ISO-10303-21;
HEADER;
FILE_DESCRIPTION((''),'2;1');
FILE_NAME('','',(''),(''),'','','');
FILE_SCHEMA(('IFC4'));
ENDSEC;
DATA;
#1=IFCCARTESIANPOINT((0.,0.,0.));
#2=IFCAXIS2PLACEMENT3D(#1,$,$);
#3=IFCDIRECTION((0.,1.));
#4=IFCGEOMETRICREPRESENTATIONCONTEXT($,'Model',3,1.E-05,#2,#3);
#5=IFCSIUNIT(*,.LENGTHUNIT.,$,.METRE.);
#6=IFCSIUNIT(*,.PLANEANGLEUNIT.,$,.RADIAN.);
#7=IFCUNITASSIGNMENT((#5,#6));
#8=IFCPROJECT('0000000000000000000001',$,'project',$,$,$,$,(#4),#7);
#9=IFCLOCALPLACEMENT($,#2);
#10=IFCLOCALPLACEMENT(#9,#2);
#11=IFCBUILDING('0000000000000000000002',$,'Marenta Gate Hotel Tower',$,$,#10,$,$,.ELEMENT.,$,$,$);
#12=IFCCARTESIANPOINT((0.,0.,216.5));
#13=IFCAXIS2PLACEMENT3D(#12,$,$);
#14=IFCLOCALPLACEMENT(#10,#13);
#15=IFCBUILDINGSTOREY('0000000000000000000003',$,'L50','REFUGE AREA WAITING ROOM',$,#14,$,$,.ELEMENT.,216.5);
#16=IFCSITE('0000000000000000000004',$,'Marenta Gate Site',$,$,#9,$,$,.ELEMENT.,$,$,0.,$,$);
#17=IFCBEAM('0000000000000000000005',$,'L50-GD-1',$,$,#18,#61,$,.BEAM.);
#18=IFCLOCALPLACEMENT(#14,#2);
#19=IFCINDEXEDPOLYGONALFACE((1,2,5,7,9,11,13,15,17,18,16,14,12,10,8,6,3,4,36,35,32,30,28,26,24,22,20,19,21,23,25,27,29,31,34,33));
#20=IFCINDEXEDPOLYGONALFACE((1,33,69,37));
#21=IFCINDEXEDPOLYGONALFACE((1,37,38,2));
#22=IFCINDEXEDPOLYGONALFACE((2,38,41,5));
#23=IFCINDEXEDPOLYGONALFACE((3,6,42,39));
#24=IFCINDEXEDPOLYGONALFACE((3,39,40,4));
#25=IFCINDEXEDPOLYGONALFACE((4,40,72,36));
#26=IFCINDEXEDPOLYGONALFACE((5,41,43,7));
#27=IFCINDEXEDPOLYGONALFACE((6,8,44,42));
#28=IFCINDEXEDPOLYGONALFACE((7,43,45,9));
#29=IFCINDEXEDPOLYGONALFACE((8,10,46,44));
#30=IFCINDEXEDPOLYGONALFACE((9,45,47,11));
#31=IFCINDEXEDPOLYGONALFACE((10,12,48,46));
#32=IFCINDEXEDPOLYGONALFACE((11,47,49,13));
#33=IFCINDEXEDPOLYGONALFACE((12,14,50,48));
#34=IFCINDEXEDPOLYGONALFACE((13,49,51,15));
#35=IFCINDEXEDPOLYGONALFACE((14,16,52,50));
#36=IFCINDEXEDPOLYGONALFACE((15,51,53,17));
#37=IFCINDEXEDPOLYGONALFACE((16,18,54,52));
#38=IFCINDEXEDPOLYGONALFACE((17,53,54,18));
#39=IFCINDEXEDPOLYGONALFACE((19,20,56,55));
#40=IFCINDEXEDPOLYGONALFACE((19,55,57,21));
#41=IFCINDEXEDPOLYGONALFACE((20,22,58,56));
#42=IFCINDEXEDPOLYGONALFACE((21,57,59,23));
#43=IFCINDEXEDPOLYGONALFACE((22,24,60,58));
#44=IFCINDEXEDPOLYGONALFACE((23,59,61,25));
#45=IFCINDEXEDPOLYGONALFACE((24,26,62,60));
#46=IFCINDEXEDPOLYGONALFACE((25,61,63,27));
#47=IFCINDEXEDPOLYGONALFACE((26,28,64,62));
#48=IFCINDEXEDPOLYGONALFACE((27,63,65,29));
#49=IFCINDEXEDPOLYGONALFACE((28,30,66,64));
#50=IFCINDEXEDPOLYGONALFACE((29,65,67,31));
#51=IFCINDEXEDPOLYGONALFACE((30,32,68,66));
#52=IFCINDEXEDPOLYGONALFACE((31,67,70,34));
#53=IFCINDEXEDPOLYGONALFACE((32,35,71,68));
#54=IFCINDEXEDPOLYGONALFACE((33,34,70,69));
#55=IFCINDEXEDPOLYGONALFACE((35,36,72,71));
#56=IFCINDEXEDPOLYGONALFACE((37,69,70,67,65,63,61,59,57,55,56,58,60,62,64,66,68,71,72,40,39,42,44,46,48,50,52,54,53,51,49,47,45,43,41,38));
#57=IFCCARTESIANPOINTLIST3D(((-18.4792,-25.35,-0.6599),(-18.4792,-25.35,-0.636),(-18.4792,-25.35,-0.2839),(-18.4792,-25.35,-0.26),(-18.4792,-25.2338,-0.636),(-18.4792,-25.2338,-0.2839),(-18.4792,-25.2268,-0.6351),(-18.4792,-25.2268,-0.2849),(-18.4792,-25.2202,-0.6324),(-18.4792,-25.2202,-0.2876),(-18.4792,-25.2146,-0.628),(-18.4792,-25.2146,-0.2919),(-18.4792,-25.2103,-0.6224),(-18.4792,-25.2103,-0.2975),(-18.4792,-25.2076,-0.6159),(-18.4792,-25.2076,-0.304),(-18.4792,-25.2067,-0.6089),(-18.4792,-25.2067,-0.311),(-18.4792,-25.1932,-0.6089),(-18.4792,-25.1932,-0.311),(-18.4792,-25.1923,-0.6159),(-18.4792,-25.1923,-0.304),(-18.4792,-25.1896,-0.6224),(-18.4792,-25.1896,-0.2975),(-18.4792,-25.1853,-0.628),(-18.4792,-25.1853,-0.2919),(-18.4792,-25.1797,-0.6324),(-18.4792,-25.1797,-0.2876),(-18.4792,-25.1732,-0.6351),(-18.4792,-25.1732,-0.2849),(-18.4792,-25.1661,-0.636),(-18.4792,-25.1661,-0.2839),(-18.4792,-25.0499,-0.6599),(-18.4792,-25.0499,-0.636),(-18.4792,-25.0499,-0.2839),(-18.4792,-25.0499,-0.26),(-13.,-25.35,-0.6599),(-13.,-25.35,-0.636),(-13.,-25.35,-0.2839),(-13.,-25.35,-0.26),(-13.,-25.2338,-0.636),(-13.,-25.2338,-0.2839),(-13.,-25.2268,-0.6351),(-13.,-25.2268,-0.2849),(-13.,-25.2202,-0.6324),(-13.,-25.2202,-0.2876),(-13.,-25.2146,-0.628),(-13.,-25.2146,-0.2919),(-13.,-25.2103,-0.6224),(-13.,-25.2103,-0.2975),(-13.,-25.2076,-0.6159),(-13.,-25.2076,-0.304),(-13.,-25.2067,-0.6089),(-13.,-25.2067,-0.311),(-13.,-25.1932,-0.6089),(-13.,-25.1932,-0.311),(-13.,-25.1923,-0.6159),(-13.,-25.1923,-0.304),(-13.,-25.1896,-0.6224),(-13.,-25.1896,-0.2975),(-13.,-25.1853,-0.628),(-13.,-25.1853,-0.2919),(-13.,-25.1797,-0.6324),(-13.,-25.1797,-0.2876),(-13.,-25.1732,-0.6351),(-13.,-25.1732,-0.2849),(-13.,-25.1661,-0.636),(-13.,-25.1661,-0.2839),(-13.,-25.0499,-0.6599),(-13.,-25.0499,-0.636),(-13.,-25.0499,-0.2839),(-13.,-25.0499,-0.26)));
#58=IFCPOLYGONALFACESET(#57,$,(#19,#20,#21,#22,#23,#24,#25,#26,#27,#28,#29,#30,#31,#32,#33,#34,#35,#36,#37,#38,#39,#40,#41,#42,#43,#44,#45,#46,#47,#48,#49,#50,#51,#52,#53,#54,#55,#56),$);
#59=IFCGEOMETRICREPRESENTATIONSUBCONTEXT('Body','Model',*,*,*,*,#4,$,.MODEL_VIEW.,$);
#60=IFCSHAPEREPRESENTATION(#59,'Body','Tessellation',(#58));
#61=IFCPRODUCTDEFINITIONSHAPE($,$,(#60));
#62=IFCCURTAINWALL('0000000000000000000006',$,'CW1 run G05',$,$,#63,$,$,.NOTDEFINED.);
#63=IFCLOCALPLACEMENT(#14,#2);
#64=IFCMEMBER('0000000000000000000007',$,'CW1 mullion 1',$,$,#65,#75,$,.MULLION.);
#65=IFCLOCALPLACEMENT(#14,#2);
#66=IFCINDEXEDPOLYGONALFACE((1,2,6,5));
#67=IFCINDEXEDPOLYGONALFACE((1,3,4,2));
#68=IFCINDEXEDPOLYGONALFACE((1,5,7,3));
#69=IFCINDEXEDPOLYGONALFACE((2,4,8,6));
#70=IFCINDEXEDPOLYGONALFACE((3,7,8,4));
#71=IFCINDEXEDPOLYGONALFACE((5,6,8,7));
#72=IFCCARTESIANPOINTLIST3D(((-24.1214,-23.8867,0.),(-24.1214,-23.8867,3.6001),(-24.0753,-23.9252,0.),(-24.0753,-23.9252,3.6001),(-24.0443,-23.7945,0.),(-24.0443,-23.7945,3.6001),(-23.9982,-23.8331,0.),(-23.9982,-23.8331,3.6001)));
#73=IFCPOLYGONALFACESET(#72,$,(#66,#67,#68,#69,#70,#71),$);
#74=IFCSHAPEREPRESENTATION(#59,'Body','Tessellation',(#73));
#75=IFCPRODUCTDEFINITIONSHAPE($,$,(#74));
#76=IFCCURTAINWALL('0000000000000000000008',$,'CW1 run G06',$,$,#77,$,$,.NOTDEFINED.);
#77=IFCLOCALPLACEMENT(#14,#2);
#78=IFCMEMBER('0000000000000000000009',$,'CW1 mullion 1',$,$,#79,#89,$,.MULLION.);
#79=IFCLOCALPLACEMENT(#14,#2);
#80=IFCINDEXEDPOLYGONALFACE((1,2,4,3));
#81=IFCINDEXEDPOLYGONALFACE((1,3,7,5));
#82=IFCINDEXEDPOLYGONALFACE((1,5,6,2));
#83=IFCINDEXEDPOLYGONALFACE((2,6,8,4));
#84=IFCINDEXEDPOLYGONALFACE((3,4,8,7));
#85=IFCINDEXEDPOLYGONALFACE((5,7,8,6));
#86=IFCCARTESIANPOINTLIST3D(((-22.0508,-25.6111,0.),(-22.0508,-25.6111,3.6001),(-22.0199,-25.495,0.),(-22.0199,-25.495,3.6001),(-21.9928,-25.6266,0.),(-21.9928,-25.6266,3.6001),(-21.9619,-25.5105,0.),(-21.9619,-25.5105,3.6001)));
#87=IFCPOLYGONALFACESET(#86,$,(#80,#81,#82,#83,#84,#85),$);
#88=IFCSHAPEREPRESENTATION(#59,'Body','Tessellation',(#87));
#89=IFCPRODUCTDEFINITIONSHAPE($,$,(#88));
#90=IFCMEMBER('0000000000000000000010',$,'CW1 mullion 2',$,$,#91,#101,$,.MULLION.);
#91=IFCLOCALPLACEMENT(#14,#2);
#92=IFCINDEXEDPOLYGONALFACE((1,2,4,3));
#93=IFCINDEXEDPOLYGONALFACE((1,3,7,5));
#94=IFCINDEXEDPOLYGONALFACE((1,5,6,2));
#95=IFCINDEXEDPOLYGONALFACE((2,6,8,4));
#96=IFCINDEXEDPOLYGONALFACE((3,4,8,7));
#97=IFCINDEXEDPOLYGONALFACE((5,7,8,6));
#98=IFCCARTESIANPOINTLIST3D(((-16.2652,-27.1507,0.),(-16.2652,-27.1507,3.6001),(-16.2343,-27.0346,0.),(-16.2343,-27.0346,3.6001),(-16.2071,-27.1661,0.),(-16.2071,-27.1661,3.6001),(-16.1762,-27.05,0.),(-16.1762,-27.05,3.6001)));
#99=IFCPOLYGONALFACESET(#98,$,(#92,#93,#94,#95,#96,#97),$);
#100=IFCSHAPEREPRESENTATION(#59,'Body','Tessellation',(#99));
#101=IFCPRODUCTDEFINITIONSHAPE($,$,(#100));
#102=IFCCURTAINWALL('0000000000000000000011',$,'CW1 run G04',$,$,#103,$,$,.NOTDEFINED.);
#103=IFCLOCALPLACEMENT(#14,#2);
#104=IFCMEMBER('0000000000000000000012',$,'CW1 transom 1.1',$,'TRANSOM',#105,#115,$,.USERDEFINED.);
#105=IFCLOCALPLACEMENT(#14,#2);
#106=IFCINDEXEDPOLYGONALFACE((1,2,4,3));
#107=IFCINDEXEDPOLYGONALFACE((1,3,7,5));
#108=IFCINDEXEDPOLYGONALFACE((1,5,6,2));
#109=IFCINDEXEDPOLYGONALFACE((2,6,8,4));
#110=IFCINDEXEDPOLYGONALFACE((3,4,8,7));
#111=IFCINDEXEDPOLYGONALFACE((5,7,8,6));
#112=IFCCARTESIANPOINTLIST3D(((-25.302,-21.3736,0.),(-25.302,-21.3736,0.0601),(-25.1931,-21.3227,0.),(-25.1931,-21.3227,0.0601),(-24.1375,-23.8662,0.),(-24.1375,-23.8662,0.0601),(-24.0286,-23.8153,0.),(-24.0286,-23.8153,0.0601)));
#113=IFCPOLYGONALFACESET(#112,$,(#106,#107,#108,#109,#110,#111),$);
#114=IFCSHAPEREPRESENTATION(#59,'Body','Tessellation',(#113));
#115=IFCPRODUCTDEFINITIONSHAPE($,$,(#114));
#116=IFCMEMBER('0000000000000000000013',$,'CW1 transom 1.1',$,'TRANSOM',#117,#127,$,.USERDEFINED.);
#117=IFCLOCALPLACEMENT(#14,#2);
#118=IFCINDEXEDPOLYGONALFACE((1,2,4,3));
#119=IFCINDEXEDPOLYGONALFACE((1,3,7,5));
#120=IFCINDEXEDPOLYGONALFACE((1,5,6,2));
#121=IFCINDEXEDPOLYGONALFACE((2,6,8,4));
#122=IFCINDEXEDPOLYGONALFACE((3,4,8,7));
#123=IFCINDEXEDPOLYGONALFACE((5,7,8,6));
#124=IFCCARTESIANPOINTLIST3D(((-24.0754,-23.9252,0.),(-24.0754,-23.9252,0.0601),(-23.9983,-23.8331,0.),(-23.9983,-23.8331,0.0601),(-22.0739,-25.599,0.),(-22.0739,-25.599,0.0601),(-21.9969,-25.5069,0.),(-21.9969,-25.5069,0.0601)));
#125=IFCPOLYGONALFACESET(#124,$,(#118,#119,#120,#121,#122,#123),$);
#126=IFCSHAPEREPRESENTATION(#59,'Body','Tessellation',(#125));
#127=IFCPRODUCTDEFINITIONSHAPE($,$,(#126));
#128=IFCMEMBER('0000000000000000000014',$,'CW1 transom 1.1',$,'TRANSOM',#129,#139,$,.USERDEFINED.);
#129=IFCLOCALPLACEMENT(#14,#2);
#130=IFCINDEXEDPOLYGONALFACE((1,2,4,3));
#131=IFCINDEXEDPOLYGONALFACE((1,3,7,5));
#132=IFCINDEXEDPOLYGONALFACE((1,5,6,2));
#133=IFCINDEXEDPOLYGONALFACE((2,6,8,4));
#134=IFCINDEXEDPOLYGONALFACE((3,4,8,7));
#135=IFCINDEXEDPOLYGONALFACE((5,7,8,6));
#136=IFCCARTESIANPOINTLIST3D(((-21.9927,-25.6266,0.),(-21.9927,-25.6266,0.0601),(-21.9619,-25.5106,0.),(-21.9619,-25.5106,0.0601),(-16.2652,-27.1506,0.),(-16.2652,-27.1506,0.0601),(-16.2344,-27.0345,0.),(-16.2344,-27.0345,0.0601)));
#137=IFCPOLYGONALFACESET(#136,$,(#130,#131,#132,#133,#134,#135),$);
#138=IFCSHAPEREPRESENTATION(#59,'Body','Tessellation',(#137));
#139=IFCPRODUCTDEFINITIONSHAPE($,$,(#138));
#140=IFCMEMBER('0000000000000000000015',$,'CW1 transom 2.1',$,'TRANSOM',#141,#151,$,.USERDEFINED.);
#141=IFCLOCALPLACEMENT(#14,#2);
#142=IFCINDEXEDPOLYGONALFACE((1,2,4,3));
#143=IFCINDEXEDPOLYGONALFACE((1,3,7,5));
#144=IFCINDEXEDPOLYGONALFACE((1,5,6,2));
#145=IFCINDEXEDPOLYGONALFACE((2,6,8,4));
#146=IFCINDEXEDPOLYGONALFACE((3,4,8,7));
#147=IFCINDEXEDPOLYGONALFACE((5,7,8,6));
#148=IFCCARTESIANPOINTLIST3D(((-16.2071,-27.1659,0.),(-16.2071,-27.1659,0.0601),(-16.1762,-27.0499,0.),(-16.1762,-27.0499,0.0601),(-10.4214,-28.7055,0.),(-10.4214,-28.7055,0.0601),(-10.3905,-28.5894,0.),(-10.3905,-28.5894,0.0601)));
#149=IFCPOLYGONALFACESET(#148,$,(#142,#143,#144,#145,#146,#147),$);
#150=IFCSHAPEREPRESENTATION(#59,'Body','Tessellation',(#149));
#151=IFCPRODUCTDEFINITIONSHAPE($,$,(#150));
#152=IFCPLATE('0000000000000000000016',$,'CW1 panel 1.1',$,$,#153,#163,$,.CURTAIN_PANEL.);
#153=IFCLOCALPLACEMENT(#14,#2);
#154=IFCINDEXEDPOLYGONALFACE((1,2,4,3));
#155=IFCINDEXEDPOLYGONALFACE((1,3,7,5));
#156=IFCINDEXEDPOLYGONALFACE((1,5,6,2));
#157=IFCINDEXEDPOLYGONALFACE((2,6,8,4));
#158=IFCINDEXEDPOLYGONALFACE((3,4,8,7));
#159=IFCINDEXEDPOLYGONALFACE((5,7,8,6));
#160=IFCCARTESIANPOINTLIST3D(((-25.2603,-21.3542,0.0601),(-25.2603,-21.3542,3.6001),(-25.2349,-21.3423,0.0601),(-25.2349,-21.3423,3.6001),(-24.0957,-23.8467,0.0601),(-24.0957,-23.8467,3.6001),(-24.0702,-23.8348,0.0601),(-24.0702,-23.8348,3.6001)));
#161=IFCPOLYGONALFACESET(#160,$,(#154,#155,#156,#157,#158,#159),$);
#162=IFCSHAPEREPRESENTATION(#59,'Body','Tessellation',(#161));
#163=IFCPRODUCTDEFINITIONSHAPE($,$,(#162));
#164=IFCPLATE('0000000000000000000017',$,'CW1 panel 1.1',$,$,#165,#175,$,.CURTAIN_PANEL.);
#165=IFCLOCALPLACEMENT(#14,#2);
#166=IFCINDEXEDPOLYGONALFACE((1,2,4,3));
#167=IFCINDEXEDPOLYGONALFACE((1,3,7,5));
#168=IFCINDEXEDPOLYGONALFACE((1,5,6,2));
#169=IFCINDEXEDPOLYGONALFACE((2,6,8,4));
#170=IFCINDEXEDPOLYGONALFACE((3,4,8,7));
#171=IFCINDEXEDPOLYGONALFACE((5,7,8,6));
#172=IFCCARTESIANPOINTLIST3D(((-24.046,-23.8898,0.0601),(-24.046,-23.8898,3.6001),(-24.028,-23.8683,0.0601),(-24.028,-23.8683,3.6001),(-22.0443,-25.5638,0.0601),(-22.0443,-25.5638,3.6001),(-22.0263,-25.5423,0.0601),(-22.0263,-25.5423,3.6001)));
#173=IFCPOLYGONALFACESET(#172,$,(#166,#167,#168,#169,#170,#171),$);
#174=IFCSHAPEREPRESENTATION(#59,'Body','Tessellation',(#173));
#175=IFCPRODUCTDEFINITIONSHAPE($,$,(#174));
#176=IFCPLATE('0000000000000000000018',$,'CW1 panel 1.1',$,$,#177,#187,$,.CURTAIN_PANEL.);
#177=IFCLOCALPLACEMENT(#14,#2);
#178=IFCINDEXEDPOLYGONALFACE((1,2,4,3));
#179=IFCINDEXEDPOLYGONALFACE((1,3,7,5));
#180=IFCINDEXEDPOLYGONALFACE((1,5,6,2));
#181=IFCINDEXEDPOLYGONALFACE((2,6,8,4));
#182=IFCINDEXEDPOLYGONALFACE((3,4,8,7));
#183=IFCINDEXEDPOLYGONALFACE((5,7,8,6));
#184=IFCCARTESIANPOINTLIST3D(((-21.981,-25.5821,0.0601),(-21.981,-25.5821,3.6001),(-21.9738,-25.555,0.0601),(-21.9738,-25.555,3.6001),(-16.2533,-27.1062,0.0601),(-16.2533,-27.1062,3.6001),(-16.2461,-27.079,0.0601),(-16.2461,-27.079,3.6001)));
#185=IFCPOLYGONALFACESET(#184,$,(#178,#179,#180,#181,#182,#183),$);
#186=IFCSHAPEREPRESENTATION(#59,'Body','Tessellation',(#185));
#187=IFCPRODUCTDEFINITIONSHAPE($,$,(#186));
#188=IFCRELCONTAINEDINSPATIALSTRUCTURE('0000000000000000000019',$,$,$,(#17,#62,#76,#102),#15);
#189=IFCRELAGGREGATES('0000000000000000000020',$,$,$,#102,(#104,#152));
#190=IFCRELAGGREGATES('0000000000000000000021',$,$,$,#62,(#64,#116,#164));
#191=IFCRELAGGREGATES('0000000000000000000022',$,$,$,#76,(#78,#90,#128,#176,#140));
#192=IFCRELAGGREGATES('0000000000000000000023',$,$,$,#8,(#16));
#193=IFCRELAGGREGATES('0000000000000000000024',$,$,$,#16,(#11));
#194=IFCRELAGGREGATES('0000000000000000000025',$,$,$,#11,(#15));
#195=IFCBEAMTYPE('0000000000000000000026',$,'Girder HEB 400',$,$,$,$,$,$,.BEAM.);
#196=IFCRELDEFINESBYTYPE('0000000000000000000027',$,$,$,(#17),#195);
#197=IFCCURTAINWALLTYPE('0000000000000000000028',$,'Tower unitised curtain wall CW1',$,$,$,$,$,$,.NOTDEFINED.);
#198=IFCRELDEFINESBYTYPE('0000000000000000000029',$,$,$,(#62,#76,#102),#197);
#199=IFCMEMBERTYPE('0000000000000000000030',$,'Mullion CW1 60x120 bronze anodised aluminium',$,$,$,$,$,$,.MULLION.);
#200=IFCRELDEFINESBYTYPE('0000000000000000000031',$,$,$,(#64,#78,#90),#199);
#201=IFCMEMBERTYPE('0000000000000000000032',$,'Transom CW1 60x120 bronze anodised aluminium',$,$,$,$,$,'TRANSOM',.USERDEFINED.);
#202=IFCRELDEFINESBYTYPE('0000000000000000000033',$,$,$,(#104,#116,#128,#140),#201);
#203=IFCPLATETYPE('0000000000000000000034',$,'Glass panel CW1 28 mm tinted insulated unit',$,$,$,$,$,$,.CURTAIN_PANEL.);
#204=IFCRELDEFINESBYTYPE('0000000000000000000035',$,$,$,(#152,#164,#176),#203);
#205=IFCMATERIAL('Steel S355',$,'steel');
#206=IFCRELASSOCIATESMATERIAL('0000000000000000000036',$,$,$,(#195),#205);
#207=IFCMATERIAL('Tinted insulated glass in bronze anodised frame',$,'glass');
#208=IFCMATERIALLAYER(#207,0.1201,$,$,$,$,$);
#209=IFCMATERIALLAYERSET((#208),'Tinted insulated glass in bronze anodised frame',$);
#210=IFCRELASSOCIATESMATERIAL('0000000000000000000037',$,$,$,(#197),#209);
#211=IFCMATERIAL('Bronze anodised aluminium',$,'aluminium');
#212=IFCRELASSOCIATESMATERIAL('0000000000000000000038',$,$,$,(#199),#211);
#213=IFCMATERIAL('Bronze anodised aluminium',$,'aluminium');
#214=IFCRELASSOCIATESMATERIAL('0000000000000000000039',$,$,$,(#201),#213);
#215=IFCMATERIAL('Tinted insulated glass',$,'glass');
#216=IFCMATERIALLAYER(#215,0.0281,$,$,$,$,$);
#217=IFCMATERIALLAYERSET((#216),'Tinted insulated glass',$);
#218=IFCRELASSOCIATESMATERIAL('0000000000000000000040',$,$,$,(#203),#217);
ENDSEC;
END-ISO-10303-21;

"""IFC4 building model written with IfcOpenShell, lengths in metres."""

from ifc_helpers import new_model, si_unit, direction, frame, origin, origin_2d, place, context, subcontext, project, spatial, rectangle, i_section, extrude, material, layer, layer_set, material_profile, profile_set, type_object, element, aggregate, save


model = new_model("IFC4")

# Units and contexts
model_context = context("Model", 3, precision=1e-05, world=origin(), true_north=direction((0.0, 1.0)))
body_context = subcontext(model_context, "Body", "Model", "MODEL_VIEW")
ifc_project = project(units=[si_unit("LENGTHUNIT", "METRE"), si_unit("PLANEANGLEUNIT", "RADIAN")], contexts=[model_context])

# Site, building, storey
site_placement = place(None, origin())
site = spatial("IfcSite", under=ifc_project, at=site_placement, Name="Marenta Gate Site", CompositionType="ELEMENT", RefElevation=0.0)
building_placement = place(site_placement, origin())
building = spatial("IfcBuilding", under=site, at=building_placement, Name="Marenta Gate Hotel Tower", CompositionType="ELEMENT")
storey_placement = place(building_placement, frame((0.0, 0.0, 216.5)))
storey = spatial("IfcBuildingStorey", under=building, at=storey_placement, Name="L50", Description="REFUGE AREA WAITING ROOM", CompositionType="ELEMENT", Elevation=216.5)

# Beam
ifc_material_1 = material(Name="Steel S355", Category="steel")
ifc_material_profile_1 = material_profile(ifc_material_1, i_section(OverallWidth=0.3, OverallDepth=0.3999, WebThickness=0.0134, FlangeThickness=0.0239, FilletRadius=0.0271, at=origin_2d()), Name="HEB 400")
ifc_profile_set_1 = profile_set([ifc_material_profile_1], Name="Steel S355")
beam_type_1 = type_object("IfcBeamType", Name="Girder HEB 400", PredefinedType="BEAM", material=ifc_profile_set_1)
beam_1_placement = place(storey_placement, frame((-18.4792, -25.2, -0.46), z_axis=(1.0, 0.0, 0.0), x_axis=(0.0, 1.0, 0.0)))
element("IfcBeam", 1, at=beam_1_placement, inside=storey, type_object=beam_type_1, Name="L50-GD-1", PredefinedType="BEAM", context=body_context, shape_type="SweptSolid", body=[
    extrude(i_section(OverallWidth=0.3, OverallDepth=0.3999, WebThickness=0.0134, FlangeThickness=0.0239, FilletRadius=0.0271, at=origin_2d()), origin(), (0.0, 0.0, 1.0), 5.4792),
])

# Curtain wall, member
ifc_material_2 = material(Name="Tinted insulated glass in bronze anodised frame", Category="glass")
ifc_layer_1 = layer(ifc_material_2, 0.1201)
ifc_layer_set_1 = layer_set([ifc_layer_1], Name="Tinted insulated glass in bronze anodised frame")
curtain_wall_type = type_object("IfcCurtainWallType", Name="Tower unitised curtain wall CW1", PredefinedType="NOTDEFINED", material=ifc_layer_set_1)
curtain_wall_1_placement = place(storey_placement, origin())
curtain_wall_1 = element("IfcCurtainWall", 2, at=curtain_wall_1_placement, inside=storey, type_object=curtain_wall_type, Name="CW1 run G05", PredefinedType="NOTDEFINED")
ifc_material_3 = material(Name="Bronze anodised aluminium", Category="aluminium")
ifc_material_profile_2 = material_profile(ifc_material_3, rectangle(XDim=0.1201, YDim=0.0601, at=origin_2d()), Name="Mullion CW1 60x120 bronze anodised aluminium")
ifc_profile_set_2 = profile_set([ifc_material_profile_2], Name="Bronze anodised aluminium")
member_type_1 = type_object("IfcMemberType", Name="Mullion CW1 60x120 bronze anodised aluminium", PredefinedType="MULLION", material=ifc_profile_set_2)
member_1_placement = place(storey_placement, frame((-24.0598, -23.8599, 0.0), z_axis=(0.0, 0.0, 1.0), x_axis=(0.641525, 0.767102, 0.0)))
member_1 = element("IfcMember", 3, at=member_1_placement, type_object=member_type_1, Name="CW1 mullion 1", PredefinedType="MULLION", context=body_context, shape_type="SweptSolid", body=[
    extrude(rectangle(XDim=0.1201, YDim=0.0601, at=origin_2d()), origin(), (0.0, 0.0, 1.0), 3.6001),
])

# Curtain wall, members
curtain_wall_2_placement = place(storey_placement, origin())
curtain_wall_2 = element("IfcCurtainWall", 4, at=curtain_wall_2_placement, inside=storey, type_object=curtain_wall_type, Name="CW1 run G06", PredefinedType="NOTDEFINED")
member_2_placement = place(storey_placement, frame((-22.0063, -25.5608, 0.0), z_axis=(0.0, 0.0, 1.0), x_axis=(0.257139, 0.966374, 0.0)))
member_2 = element("IfcMember", 5, at=member_2_placement, type_object=member_type_1, Name="CW1 mullion 1", PredefinedType="MULLION", context=body_context, shape_type="SweptSolid", body=[
    extrude(rectangle(XDim=0.1201, YDim=0.0601, at=origin_2d()), origin(), (0.0, 0.0, 1.0), 3.6001),
])
member_3_placement = place(storey_placement, frame((-16.2207, -27.1003, 0.0), z_axis=(0.0, 0.0, 1.0), x_axis=(0.257139, 0.966374, 0.0)))
member_3 = element("IfcMember", 6, at=member_3_placement, type_object=member_type_1, Name="CW1 mullion 2", PredefinedType="MULLION", context=body_context, shape_type="SweptSolid", body=[
    extrude(rectangle(XDim=0.1201, YDim=0.0601, at=origin_2d()), origin(), (0.0, 0.0, 1.0), 3.6001),
])

# Curtain wall, member
curtain_wall_3_placement = place(storey_placement, origin())
curtain_wall_3 = element("IfcCurtainWall", 7, at=curtain_wall_3_placement, inside=storey, type_object=curtain_wall_type, Name="CW1 run G04", PredefinedType="NOTDEFINED")
ifc_material_4 = material(Name="Bronze anodised aluminium", Category="aluminium")
ifc_material_profile_3 = material_profile(ifc_material_4, rectangle(XDim=0.1201, YDim=0.0601, at=origin_2d()), Name="Transom CW1 60x120 bronze anodised aluminium")
ifc_profile_set_3 = profile_set([ifc_material_profile_3], Name="Bronze anodised aluminium")
member_type_2 = type_object("IfcMemberType", Name="Transom CW1 60x120 bronze anodised aluminium", ElementType="TRANSOM", PredefinedType="USERDEFINED", material=ifc_profile_set_3)
member_4_placement = place(storey_placement, frame((-25.2476, -21.3481, 0.03), z_axis=(0.423274, -0.906002, 0.0), x_axis=(0.906002, 0.423274, 0.0)))
member_4 = element("IfcMember", 8, at=member_4_placement, type_object=member_type_2, Name="CW1 transom 1.1", ObjectType="TRANSOM", PredefinedType="USERDEFINED", context=body_context, shape_type="SweptSolid", body=[
    extrude(rectangle(XDim=0.1201, YDim=0.0601, at=origin_2d()), origin(), (0.0, 0.0, 1.0), 2.7512),
])

# Members
member_5_placement = place(storey_placement, frame((-24.0369, -23.8792, 0.03), z_axis=(0.7671, -0.641527, 0.0), x_axis=(0.641527, 0.7671, 0.0)))
member_5 = element("IfcMember", 9, at=member_5_placement, type_object=member_type_2, Name="CW1 transom 1.1", ObjectType="TRANSOM", PredefinedType="USERDEFINED", context=body_context, shape_type="SweptSolid", body=[
    extrude(rectangle(XDim=0.1201, YDim=0.0601, at=origin_2d()), origin(), (0.0, 0.0, 1.0), 2.6091),
])
member_6_placement = place(storey_placement, frame((-21.9773, -25.5686, 0.03), z_axis=(0.966378, -0.257124, 0.0), x_axis=(0.257124, 0.966378, 0.0)))
member_6 = element("IfcMember", 10, at=member_6_placement, type_object=member_type_2, Name="CW1 transom 1.1", ObjectType="TRANSOM", PredefinedType="USERDEFINED", context=body_context, shape_type="SweptSolid", body=[
    extrude(rectangle(XDim=0.1201, YDim=0.0601, at=origin_2d()), origin(), (0.0, 0.0, 1.0), 5.9268),
])
member_7_placement = place(storey_placement, frame((-16.1917, -27.1079, 0.03), z_axis=(0.966372, -0.25715, 0.0), x_axis=(0.25715, 0.966372, 0.0)))
member_7 = element("IfcMember", 11, at=member_7_placement, type_object=member_type_2, Name="CW1 transom 2.1", ObjectType="TRANSOM", PredefinedType="USERDEFINED", context=body_context, shape_type="SweptSolid", body=[
    extrude(rectangle(XDim=0.1201, YDim=0.0601, at=origin_2d()), origin(), (0.0, 0.0, 1.0), 5.9871),
])

# Plates
ifc_material_5 = material(Name="Tinted insulated glass", Category="glass")
ifc_layer_2 = layer(ifc_material_5, 0.0281)
ifc_layer_set_2 = layer_set([ifc_layer_2], Name="Tinted insulated glass")
plate_type = type_object("IfcPlateType", Name="Glass panel CW1 28 mm tinted insulated unit", PredefinedType="CURTAIN_PANEL", material=ifc_layer_set_2)
plate_1_placement = place(storey_placement, frame((-24.6653, -22.5945, 0.0601), z_axis=(0.0, 0.0, 1.0), x_axis=(0.423337, -0.905972, 0.0)))
plate_1 = element("IfcPlate", 12, at=plate_1_placement, type_object=plate_type, Name="CW1 panel 1.1", PredefinedType="CURTAIN_PANEL", context=body_context, shape_type="SweptSolid", body=[
    extrude(rectangle(XDim=2.7512, YDim=0.0281, at=origin_2d()), origin(), (0.0, 0.0, 1.0), 3.54),
])
aggregate(curtain_wall_3, [member_4, plate_1])
plate_2_placement = place(storey_placement, frame((-23.0361, -24.7161, 0.0601), z_axis=(0.0, 0.0, 1.0), x_axis=(0.767102, -0.641525, 0.0)))
plate_2 = element("IfcPlate", 13, at=plate_2_placement, type_object=plate_type, Name="CW1 panel 1.1", PredefinedType="CURTAIN_PANEL", context=body_context, shape_type="SweptSolid", body=[
    extrude(rectangle(XDim=2.6094, YDim=0.0281, at=origin_2d()), origin(), (0.0, 0.0, 1.0), 3.54),
])
aggregate(curtain_wall_1, [member_1, member_5, plate_2])
plate_3_placement = place(storey_placement, frame((-19.1135, -26.3306, 0.0601), z_axis=(0.0, 0.0, 1.0), x_axis=(0.966374, -0.257139, 0.0)))
plate_3 = element("IfcPlate", 14, at=plate_3_placement, type_object=plate_type, Name="CW1 panel 1.1", PredefinedType="CURTAIN_PANEL", context=body_context, shape_type="SweptSolid", body=[
    extrude(rectangle(XDim=5.927, YDim=0.0281, at=origin_2d()), origin(), (0.0, 0.0, 1.0), 3.54),
])
aggregate(curtain_wall_2, [member_2, member_3, member_6, plate_3, member_7])

save(model, "model.ifc")
